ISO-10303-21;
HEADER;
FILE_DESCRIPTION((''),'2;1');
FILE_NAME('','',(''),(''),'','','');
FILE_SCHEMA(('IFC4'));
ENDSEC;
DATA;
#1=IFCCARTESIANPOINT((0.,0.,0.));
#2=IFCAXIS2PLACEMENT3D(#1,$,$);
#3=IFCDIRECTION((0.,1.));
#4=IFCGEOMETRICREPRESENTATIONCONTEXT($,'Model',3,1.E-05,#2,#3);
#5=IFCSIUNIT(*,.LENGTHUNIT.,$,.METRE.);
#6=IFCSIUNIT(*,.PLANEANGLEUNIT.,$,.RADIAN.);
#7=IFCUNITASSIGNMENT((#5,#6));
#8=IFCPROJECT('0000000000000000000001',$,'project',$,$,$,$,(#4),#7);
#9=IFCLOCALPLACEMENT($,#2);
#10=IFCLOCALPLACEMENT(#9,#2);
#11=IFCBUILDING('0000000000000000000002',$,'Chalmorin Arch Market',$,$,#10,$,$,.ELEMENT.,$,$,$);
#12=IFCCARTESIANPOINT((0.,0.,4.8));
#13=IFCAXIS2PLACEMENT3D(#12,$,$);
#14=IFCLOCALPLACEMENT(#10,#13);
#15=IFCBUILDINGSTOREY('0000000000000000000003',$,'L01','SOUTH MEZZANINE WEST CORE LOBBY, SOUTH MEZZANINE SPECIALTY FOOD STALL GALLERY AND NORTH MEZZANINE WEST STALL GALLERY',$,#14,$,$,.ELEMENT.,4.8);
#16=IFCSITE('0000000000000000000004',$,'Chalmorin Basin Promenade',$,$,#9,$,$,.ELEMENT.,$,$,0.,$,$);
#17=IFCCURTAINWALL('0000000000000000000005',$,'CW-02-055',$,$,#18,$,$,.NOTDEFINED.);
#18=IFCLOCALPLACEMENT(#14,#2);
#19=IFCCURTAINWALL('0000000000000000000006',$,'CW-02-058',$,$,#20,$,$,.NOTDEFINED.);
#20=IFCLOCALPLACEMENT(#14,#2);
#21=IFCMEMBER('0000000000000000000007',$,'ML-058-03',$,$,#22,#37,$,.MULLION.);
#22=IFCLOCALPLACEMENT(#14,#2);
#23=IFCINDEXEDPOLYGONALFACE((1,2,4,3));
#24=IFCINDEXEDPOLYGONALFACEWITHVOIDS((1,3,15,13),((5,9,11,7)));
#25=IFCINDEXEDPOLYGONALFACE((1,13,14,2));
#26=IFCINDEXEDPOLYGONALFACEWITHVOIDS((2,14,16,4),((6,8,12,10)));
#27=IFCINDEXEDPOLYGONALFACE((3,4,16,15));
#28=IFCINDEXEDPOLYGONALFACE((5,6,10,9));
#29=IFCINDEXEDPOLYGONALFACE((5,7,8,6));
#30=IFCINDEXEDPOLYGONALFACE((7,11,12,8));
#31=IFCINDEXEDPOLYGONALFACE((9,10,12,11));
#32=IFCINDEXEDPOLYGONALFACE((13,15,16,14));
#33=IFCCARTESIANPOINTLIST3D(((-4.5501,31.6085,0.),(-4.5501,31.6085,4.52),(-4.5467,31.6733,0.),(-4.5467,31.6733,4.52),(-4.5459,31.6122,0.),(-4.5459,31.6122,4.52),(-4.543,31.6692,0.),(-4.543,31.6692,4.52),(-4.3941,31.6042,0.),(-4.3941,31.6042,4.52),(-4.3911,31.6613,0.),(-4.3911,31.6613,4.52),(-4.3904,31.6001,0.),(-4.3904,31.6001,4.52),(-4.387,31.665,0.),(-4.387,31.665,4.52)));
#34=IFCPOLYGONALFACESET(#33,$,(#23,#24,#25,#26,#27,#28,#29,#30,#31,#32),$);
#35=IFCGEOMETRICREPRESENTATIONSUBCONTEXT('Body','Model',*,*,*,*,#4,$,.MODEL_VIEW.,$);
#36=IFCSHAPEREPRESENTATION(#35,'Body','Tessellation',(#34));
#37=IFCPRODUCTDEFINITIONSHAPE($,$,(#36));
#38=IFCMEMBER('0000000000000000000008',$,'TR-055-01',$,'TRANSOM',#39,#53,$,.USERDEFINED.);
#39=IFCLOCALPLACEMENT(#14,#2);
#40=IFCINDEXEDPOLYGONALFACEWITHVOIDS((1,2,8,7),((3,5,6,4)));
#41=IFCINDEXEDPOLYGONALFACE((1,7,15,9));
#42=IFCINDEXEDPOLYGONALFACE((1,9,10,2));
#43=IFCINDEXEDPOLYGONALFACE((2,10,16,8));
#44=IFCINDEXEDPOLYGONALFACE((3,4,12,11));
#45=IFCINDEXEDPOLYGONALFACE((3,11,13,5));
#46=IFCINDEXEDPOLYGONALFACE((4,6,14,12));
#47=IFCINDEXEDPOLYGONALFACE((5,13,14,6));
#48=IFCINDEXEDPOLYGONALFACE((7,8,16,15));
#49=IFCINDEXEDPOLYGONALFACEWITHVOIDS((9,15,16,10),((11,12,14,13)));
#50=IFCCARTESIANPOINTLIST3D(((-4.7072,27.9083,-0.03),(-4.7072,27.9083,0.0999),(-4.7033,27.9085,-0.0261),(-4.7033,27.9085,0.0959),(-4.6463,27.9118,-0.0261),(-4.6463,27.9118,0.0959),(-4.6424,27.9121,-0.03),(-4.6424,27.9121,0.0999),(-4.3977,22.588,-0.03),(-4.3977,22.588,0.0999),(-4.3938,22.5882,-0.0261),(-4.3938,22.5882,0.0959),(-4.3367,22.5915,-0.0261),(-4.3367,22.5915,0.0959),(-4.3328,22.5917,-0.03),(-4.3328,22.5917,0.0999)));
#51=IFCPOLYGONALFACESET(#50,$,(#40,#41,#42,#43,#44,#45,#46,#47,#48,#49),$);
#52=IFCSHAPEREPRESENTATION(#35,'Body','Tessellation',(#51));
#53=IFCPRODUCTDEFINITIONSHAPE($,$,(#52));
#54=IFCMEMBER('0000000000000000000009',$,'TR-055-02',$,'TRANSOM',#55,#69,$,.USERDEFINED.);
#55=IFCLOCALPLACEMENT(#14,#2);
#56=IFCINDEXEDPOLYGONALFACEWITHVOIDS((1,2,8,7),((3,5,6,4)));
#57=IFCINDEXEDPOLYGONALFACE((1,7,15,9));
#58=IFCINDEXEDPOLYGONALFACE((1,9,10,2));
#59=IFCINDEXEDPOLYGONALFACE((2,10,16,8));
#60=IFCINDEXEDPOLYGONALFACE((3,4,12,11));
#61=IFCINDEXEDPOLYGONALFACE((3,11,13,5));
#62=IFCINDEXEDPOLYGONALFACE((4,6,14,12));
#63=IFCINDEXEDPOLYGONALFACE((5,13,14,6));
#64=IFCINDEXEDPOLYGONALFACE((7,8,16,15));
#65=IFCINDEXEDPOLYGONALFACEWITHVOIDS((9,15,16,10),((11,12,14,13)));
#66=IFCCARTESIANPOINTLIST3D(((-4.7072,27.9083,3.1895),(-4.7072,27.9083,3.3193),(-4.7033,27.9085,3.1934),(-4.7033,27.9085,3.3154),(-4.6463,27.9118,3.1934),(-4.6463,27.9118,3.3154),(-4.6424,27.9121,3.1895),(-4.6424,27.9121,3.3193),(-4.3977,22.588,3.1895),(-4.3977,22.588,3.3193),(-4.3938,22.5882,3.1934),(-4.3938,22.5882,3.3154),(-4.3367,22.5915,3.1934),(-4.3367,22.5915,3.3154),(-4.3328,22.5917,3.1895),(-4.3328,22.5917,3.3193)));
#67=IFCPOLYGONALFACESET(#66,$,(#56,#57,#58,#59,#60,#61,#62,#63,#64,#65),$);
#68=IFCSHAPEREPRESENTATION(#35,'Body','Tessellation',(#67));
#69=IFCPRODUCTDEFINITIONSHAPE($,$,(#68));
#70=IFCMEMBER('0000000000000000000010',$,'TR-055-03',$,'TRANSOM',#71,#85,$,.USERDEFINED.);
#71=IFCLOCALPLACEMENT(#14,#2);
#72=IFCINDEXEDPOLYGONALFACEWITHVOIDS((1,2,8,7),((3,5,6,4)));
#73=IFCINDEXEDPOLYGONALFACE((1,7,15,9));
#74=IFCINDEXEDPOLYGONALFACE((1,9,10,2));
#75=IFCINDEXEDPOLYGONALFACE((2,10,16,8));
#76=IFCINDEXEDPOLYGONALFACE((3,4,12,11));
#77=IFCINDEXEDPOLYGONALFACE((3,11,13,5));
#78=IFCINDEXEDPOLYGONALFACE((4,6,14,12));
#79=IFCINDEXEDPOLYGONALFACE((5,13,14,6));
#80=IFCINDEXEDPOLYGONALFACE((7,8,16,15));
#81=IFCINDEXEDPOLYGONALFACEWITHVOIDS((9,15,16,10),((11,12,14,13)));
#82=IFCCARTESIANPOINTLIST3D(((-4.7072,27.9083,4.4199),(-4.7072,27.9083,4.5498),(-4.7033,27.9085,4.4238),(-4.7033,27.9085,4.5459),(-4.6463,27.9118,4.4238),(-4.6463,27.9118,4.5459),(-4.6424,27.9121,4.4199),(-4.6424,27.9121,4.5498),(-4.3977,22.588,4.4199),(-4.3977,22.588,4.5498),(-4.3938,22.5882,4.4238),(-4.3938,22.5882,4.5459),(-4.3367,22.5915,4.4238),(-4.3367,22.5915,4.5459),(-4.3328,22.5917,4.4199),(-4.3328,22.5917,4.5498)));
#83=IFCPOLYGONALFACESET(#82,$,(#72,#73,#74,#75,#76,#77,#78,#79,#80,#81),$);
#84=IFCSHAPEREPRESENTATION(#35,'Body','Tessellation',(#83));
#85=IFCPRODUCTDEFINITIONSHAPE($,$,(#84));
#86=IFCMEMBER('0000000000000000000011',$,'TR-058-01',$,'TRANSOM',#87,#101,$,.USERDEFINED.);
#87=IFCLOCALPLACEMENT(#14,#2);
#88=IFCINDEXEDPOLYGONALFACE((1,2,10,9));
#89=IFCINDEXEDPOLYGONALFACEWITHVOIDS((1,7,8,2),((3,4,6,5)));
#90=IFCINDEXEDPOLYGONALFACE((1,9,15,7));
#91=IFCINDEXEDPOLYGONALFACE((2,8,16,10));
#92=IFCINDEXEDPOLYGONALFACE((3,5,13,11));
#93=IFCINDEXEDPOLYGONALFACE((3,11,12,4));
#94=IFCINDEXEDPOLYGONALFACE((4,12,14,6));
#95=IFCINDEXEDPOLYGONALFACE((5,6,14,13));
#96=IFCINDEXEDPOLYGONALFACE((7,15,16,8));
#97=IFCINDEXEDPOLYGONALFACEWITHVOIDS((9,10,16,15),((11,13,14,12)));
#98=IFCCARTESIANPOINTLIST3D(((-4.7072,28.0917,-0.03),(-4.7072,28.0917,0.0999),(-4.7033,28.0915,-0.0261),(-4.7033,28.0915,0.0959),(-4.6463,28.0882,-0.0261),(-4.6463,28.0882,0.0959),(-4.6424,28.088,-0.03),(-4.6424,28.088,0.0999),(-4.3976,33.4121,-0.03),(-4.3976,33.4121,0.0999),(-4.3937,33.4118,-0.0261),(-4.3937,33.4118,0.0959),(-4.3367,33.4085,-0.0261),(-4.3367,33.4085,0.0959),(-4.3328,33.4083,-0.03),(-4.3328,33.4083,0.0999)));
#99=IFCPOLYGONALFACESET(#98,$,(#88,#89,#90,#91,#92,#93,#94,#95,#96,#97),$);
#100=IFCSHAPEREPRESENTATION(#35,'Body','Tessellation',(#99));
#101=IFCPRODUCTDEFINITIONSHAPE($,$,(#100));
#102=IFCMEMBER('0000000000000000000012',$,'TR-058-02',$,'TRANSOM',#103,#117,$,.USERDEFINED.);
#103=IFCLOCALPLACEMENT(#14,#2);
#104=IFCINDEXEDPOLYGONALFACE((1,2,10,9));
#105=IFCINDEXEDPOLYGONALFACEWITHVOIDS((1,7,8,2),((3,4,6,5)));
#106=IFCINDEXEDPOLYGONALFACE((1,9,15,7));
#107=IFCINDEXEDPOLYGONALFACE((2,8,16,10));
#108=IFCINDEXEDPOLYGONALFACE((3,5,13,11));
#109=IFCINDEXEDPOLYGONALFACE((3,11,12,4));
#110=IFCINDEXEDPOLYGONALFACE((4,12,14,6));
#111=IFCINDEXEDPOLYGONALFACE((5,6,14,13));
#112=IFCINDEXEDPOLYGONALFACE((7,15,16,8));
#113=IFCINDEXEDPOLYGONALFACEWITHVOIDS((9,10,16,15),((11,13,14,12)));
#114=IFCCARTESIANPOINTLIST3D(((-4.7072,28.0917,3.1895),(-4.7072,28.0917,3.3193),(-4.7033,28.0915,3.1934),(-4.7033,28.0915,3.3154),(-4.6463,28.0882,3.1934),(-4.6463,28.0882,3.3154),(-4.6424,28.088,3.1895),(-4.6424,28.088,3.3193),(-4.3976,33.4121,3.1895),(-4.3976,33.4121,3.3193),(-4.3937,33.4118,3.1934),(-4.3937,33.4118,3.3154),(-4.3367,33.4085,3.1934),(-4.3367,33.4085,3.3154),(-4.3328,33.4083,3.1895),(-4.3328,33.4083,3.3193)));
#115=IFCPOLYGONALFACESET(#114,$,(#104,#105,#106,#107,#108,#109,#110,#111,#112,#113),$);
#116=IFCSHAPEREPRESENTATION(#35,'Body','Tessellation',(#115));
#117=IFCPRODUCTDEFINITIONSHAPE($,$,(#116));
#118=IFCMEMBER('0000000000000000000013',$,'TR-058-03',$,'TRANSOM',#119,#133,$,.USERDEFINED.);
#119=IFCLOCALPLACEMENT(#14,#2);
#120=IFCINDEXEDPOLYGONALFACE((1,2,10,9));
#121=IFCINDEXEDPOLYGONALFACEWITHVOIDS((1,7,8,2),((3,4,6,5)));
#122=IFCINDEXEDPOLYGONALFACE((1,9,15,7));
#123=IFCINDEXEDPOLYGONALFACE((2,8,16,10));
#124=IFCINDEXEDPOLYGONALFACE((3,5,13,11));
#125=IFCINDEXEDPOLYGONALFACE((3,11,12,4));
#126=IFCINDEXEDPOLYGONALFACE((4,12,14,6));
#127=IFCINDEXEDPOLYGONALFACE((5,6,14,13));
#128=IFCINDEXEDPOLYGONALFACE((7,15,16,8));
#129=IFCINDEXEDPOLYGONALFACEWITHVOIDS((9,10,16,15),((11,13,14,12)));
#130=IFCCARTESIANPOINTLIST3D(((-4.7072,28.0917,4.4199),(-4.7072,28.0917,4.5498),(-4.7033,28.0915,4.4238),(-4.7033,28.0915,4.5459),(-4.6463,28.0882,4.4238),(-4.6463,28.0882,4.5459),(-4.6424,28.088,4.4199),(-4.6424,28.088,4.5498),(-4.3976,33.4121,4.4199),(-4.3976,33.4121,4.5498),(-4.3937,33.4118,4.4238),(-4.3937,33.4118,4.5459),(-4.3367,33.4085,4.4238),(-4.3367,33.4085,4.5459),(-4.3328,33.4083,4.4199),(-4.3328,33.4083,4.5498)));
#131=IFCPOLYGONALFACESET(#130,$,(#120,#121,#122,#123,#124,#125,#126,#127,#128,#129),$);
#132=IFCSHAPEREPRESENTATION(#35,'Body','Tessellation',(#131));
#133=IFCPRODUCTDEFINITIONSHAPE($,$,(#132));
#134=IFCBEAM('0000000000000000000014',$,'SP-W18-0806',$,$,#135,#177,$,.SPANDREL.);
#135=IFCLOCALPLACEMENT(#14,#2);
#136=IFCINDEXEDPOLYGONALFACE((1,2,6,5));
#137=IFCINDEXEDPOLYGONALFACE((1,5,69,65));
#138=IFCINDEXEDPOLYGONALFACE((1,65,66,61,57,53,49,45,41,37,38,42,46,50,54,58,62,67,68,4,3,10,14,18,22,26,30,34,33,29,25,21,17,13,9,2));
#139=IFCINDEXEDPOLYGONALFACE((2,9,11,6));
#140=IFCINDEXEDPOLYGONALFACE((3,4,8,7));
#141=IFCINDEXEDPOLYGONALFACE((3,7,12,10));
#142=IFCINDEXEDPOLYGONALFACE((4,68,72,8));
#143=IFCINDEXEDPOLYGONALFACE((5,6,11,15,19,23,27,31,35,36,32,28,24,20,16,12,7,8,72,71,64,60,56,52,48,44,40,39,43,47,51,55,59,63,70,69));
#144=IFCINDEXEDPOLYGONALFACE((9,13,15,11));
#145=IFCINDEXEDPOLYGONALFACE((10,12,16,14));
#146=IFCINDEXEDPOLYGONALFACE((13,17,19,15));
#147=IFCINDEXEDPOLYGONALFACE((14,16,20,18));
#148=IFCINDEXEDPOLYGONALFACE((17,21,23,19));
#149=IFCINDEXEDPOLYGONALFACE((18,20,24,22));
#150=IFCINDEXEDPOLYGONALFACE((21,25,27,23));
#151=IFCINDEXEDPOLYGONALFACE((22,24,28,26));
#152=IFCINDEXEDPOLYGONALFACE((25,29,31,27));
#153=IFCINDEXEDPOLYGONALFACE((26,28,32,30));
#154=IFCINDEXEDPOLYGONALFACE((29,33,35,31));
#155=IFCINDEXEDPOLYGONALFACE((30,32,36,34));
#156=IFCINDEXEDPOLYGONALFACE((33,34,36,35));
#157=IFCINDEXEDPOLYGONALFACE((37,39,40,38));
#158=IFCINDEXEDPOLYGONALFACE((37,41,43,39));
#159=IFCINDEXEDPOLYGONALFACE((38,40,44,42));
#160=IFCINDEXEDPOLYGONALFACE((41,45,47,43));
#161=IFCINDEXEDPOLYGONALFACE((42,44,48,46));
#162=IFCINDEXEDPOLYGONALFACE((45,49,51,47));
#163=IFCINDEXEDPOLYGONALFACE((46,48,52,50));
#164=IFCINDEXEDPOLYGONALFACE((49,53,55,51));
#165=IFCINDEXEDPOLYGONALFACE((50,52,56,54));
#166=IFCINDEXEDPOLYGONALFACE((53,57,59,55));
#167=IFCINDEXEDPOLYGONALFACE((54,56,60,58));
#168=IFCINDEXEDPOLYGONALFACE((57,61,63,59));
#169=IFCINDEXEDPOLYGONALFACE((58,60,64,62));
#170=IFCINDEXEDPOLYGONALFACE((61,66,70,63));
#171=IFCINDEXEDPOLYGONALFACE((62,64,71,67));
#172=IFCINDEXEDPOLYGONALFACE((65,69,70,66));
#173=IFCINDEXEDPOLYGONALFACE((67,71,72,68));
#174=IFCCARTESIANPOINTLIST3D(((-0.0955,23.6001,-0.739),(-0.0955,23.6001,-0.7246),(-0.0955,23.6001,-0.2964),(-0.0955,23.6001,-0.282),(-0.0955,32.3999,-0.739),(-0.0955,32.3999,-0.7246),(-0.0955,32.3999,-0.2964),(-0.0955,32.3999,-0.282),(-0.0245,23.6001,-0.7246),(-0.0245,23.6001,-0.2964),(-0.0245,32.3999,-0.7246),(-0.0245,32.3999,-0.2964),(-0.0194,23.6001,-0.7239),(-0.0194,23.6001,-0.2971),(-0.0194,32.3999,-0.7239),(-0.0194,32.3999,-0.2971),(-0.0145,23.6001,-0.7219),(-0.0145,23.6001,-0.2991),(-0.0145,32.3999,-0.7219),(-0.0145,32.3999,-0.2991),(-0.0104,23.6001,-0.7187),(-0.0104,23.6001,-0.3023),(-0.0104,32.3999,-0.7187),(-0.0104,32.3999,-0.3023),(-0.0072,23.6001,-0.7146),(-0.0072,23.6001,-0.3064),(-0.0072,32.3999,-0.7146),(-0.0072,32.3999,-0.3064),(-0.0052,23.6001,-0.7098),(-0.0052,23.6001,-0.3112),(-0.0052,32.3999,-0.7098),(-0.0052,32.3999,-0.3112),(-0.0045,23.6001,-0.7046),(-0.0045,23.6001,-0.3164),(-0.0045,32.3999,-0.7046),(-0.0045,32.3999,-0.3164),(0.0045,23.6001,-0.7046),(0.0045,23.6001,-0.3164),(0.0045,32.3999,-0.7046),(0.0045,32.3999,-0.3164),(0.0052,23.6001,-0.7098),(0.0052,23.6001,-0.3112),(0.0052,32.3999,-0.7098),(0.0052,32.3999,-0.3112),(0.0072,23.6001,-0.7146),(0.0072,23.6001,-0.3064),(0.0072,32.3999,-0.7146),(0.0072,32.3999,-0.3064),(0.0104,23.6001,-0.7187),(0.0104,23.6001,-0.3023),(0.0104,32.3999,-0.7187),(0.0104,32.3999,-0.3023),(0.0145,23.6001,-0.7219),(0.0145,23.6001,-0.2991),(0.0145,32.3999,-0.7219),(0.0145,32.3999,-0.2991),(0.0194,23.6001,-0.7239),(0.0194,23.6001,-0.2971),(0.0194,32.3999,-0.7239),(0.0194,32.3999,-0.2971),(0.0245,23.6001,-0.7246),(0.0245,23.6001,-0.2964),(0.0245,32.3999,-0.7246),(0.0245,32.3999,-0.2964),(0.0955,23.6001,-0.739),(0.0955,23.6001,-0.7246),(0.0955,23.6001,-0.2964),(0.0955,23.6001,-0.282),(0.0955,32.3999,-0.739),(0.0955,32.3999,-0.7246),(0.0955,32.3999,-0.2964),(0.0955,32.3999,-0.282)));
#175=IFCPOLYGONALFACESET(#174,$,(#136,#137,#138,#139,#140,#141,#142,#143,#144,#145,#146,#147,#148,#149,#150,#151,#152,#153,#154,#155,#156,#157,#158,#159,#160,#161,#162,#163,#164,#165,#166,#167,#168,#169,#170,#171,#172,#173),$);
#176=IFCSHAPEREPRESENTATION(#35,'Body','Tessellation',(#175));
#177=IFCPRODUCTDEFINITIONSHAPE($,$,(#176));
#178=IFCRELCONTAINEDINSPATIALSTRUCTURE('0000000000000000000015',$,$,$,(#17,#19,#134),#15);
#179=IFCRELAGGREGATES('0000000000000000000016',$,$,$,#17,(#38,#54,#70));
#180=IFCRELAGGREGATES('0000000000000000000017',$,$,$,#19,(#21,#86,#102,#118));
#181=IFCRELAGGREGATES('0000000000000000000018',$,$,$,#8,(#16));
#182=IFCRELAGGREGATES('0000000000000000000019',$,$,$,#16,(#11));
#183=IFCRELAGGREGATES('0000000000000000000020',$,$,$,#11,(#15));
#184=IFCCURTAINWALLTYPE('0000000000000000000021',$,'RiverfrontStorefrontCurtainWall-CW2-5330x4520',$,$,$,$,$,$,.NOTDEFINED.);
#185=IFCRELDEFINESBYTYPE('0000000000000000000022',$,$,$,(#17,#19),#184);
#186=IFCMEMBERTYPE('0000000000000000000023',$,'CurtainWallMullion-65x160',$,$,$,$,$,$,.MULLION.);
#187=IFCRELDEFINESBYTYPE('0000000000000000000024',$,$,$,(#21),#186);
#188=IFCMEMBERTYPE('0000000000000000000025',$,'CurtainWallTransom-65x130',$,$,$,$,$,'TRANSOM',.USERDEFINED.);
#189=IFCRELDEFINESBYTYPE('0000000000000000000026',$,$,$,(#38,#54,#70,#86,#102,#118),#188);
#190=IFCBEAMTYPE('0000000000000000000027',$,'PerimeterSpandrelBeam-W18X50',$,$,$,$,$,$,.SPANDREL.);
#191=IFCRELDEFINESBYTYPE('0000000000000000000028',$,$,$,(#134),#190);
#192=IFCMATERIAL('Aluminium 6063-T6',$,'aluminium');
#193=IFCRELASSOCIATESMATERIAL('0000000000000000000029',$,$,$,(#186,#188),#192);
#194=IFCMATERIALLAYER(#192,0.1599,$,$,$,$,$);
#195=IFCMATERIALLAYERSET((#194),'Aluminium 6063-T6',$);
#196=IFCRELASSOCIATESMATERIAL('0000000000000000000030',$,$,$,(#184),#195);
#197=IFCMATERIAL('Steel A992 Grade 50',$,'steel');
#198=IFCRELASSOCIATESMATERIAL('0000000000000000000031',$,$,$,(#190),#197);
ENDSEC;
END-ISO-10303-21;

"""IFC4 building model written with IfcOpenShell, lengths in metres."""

from ifc_helpers import new_model, si_unit, direction, frame, origin, origin_2d, place, context, subcontext, project, spatial, hollow_rectangle, i_section, extrude, material, layer, layer_set, material_profile, profile_set, type_object, element, aggregate, save


model = new_model("IFC4")

# Units and contexts
model_context = context("Model", 3, precision=1e-05, world=origin(), true_north=direction((0.0, 1.0)))
body_context = subcontext(model_context, "Body", "Model", "MODEL_VIEW")
ifc_project = project(units=[si_unit("LENGTHUNIT", "METRE"), si_unit("PLANEANGLEUNIT", "RADIAN")], contexts=[model_context])

# Site, building, storey
site_placement = place(None, origin())
site = spatial("IfcSite", under=ifc_project, at=site_placement, Name="Chalmorin Basin Promenade", CompositionType="ELEMENT", RefElevation=0.0)
building_placement = place(site_placement, origin())
building = spatial("IfcBuilding", under=site, at=building_placement, Name="Chalmorin Arch Market", CompositionType="ELEMENT")
storey_placement = place(building_placement, frame((0.0, 0.0, 4.8)))
storey = spatial("IfcBuildingStorey", under=building, at=storey_placement, Name="L01", Description="SOUTH MEZZANINE WEST CORE LOBBY, SOUTH MEZZANINE SPECIALTY FOOD STALL GALLERY AND NORTH MEZZANINE WEST STALL GALLERY", CompositionType="ELEMENT", Elevation=4.8)

# Curtain walls, member
ifc_material_1 = material(Name="Aluminium 6063-T6", Category="aluminium")
ifc_material_profile_1 = material_profile(ifc_material_1, hollow_rectangle(XDim=0.0649, YDim=0.1599, WallThickness=0.0039, at=origin_2d()), Name="ALU65X160X4")
ifc_profile_set_1 = profile_set([ifc_material_profile_1], Name="Aluminium 6063-T6")
member_type_1 = type_object("IfcMemberType", Name="CurtainWallMullion-65x160", PredefinedType="MULLION", material=ifc_profile_set_1)
ifc_layer_1 = layer(ifc_material_1, 0.1599)
ifc_layer_set_1 = layer_set([ifc_layer_1], Name="Aluminium 6063-T6")
curtain_wall_type_1 = type_object("IfcCurtainWallType", Name="RiverfrontStorefrontCurtainWall-CW2-5330x4520", PredefinedType="NOTDEFINED", material=ifc_layer_set_1)
curtain_wall_1_placement = place(storey_placement, origin())
curtain_wall_1 = element("IfcCurtainWall", 1, at=curtain_wall_1_placement, inside=storey, type_object=curtain_wall_type_1, Name="CW-02-055", PredefinedType="NOTDEFINED")
curtain_wall_2_placement = place(storey_placement, origin())
curtain_wall_2 = element("IfcCurtainWall", 2, at=curtain_wall_2_placement, inside=storey, type_object=curtain_wall_type_1, Name="CW-02-058", PredefinedType="NOTDEFINED")
member_1_placement = place(storey_placement, frame((-4.4685, 31.6367, 0.0), z_axis=(0.0, 0.0, 1.0), x_axis=(0.052336, 0.99863, 0.0)))
member_1 = element("IfcMember", 3, at=member_1_placement, type_object=member_type_1, Name="ML-058-03", PredefinedType="MULLION", context=body_context, shape_type="SweptSolid", body=[
    extrude(hollow_rectangle(XDim=0.0649, YDim=0.1599, WallThickness=0.0039, at=origin_2d()), origin(), (0.0, 0.0, 1.0), 4.52),
])

# Members
ifc_material_profile_2 = material_profile(ifc_material_1, hollow_rectangle(XDim=0.0649, YDim=0.1299, WallThickness=0.0039, at=origin_2d()), Name="ALU65X130X4")
ifc_profile_set_2 = profile_set([ifc_material_profile_2], Name="Aluminium 6063-T6")
member_type_2 = type_object("IfcMemberType", Name="CurtainWallTransom-65x130", ElementType="TRANSOM", PredefinedType="USERDEFINED", material=ifc_profile_set_2)
member_2_placement = place(storey_placement, frame((-4.3652, 22.5898, 0.0349), z_axis=(-0.058088, 0.998311, 0.0), x_axis=(-0.998311, -0.058088, 0.0)))
member_2 = element("IfcMember", 4, at=member_2_placement, type_object=member_type_2, Name="TR-055-01", ObjectType="TRANSOM", PredefinedType="USERDEFINED", context=body_context, shape_type="SweptSolid", body=[
    extrude(hollow_rectangle(XDim=0.0649, YDim=0.1299, WallThickness=0.0039, at=origin_2d()), origin(), (0.0, 0.0, 1.0), 5.3293),
])
member_3_placement = place(storey_placement, frame((-4.3652, 22.5898, 3.2544), z_axis=(-0.058088, 0.998311, 0.0), x_axis=(-0.998311, -0.058088, 0.0)))
member_3 = element("IfcMember", 5, at=member_3_placement, type_object=member_type_2, Name="TR-055-02", ObjectType="TRANSOM", PredefinedType="USERDEFINED", context=body_context, shape_type="SweptSolid", body=[
    extrude(hollow_rectangle(XDim=0.0649, YDim=0.1299, WallThickness=0.0039, at=origin_2d()), origin(), (0.0, 0.0, 1.0), 5.3293),
])
member_4_placement = place(storey_placement, frame((-4.3652, 22.5898, 4.4849), z_axis=(-0.058088, 0.998311, 0.0), x_axis=(-0.998311, -0.058088, 0.0)))
member_4 = element("IfcMember", 6, at=member_4_placement, type_object=member_type_2, Name="TR-055-03", ObjectType="TRANSOM", PredefinedType="USERDEFINED", context=body_context, shape_type="SweptSolid", body=[
    extrude(hollow_rectangle(XDim=0.0649, YDim=0.1299, WallThickness=0.0039, at=origin_2d()), origin(), (0.0, 0.0, 1.0), 5.3293),
])
member_5_placement = place(storey_placement, frame((-4.6748, 28.0898, 0.0349), z_axis=(0.058088, 0.998311, 0.0), x_axis=(-0.998311, 0.058088, 0.0)))
member_5 = element("IfcMember", 7, at=member_5_placement, type_object=member_type_2, Name="TR-058-01", ObjectType="TRANSOM", PredefinedType="USERDEFINED", context=body_context, shape_type="SweptSolid", body=[
    extrude(hollow_rectangle(XDim=0.0649, YDim=0.1299, WallThickness=0.0039, at=origin_2d()), origin(), (0.0, 0.0, 1.0), 5.3293),
])
member_6_placement = place(storey_placement, frame((-4.6748, 28.0898, 3.2544), z_axis=(0.058088, 0.998311, 0.0), x_axis=(-0.998311, 0.058088, 0.0)))
member_6 = element("IfcMember", 8, at=member_6_placement, type_object=member_type_2, Name="TR-058-02", ObjectType="TRANSOM", PredefinedType="USERDEFINED", context=body_context, shape_type="SweptSolid", body=[
    extrude(hollow_rectangle(XDim=0.0649, YDim=0.1299, WallThickness=0.0039, at=origin_2d()), origin(), (0.0, 0.0, 1.0), 5.3293),
])
member_7_placement = place(storey_placement, frame((-4.6748, 28.0898, 4.4849), z_axis=(0.058088, 0.998311, 0.0), x_axis=(-0.998311, 0.058088, 0.0)))
member_7 = element("IfcMember", 9, at=member_7_placement, type_object=member_type_2, Name="TR-058-03", ObjectType="TRANSOM", PredefinedType="USERDEFINED", context=body_context, shape_type="SweptSolid", body=[
    extrude(hollow_rectangle(XDim=0.0649, YDim=0.1299, WallThickness=0.0039, at=origin_2d()), origin(), (0.0, 0.0, 1.0), 5.3293),
])

# Beam
ifc_material_2 = material(Name="Steel A992 Grade 50", Category="steel")
ifc_material_profile_3 = material_profile(ifc_material_2, i_section(OverallWidth=0.1909, OverallDepth=0.457, WebThickness=0.009, FlangeThickness=0.0144, FilletRadius=0.02, at=origin_2d()), Name="W18X50")
ifc_profile_set_3 = profile_set([ifc_material_profile_3], Name="Steel A992 Grade 50")
beam_type_1 = type_object("IfcBeamType", Name="PerimeterSpandrelBeam-W18X50", PredefinedType="SPANDREL", material=ifc_profile_set_3)
beam_placement = place(storey_placement, frame((0.0, 23.6001, -0.5105), z_axis=(0.0, 1.0, 0.0), x_axis=(-1.0, 0.0, 0.0)))
element("IfcBeam", 10, at=beam_placement, inside=storey, type_object=beam_type_1, Name="SP-W18-0806", PredefinedType="SPANDREL", context=body_context, shape_type="SweptSolid", body=[
    extrude(i_section(OverallWidth=0.1909, OverallDepth=0.457, WebThickness=0.009, FlangeThickness=0.0144, FilletRadius=0.02, at=origin_2d()), origin(), (0.0, 0.0, 1.0), 8.7998),
])

aggregate(curtain_wall_1, [member_2, member_3, member_4])
aggregate(curtain_wall_2, [member_1, member_5, member_6, member_7])

save(model, "model.ifc")
